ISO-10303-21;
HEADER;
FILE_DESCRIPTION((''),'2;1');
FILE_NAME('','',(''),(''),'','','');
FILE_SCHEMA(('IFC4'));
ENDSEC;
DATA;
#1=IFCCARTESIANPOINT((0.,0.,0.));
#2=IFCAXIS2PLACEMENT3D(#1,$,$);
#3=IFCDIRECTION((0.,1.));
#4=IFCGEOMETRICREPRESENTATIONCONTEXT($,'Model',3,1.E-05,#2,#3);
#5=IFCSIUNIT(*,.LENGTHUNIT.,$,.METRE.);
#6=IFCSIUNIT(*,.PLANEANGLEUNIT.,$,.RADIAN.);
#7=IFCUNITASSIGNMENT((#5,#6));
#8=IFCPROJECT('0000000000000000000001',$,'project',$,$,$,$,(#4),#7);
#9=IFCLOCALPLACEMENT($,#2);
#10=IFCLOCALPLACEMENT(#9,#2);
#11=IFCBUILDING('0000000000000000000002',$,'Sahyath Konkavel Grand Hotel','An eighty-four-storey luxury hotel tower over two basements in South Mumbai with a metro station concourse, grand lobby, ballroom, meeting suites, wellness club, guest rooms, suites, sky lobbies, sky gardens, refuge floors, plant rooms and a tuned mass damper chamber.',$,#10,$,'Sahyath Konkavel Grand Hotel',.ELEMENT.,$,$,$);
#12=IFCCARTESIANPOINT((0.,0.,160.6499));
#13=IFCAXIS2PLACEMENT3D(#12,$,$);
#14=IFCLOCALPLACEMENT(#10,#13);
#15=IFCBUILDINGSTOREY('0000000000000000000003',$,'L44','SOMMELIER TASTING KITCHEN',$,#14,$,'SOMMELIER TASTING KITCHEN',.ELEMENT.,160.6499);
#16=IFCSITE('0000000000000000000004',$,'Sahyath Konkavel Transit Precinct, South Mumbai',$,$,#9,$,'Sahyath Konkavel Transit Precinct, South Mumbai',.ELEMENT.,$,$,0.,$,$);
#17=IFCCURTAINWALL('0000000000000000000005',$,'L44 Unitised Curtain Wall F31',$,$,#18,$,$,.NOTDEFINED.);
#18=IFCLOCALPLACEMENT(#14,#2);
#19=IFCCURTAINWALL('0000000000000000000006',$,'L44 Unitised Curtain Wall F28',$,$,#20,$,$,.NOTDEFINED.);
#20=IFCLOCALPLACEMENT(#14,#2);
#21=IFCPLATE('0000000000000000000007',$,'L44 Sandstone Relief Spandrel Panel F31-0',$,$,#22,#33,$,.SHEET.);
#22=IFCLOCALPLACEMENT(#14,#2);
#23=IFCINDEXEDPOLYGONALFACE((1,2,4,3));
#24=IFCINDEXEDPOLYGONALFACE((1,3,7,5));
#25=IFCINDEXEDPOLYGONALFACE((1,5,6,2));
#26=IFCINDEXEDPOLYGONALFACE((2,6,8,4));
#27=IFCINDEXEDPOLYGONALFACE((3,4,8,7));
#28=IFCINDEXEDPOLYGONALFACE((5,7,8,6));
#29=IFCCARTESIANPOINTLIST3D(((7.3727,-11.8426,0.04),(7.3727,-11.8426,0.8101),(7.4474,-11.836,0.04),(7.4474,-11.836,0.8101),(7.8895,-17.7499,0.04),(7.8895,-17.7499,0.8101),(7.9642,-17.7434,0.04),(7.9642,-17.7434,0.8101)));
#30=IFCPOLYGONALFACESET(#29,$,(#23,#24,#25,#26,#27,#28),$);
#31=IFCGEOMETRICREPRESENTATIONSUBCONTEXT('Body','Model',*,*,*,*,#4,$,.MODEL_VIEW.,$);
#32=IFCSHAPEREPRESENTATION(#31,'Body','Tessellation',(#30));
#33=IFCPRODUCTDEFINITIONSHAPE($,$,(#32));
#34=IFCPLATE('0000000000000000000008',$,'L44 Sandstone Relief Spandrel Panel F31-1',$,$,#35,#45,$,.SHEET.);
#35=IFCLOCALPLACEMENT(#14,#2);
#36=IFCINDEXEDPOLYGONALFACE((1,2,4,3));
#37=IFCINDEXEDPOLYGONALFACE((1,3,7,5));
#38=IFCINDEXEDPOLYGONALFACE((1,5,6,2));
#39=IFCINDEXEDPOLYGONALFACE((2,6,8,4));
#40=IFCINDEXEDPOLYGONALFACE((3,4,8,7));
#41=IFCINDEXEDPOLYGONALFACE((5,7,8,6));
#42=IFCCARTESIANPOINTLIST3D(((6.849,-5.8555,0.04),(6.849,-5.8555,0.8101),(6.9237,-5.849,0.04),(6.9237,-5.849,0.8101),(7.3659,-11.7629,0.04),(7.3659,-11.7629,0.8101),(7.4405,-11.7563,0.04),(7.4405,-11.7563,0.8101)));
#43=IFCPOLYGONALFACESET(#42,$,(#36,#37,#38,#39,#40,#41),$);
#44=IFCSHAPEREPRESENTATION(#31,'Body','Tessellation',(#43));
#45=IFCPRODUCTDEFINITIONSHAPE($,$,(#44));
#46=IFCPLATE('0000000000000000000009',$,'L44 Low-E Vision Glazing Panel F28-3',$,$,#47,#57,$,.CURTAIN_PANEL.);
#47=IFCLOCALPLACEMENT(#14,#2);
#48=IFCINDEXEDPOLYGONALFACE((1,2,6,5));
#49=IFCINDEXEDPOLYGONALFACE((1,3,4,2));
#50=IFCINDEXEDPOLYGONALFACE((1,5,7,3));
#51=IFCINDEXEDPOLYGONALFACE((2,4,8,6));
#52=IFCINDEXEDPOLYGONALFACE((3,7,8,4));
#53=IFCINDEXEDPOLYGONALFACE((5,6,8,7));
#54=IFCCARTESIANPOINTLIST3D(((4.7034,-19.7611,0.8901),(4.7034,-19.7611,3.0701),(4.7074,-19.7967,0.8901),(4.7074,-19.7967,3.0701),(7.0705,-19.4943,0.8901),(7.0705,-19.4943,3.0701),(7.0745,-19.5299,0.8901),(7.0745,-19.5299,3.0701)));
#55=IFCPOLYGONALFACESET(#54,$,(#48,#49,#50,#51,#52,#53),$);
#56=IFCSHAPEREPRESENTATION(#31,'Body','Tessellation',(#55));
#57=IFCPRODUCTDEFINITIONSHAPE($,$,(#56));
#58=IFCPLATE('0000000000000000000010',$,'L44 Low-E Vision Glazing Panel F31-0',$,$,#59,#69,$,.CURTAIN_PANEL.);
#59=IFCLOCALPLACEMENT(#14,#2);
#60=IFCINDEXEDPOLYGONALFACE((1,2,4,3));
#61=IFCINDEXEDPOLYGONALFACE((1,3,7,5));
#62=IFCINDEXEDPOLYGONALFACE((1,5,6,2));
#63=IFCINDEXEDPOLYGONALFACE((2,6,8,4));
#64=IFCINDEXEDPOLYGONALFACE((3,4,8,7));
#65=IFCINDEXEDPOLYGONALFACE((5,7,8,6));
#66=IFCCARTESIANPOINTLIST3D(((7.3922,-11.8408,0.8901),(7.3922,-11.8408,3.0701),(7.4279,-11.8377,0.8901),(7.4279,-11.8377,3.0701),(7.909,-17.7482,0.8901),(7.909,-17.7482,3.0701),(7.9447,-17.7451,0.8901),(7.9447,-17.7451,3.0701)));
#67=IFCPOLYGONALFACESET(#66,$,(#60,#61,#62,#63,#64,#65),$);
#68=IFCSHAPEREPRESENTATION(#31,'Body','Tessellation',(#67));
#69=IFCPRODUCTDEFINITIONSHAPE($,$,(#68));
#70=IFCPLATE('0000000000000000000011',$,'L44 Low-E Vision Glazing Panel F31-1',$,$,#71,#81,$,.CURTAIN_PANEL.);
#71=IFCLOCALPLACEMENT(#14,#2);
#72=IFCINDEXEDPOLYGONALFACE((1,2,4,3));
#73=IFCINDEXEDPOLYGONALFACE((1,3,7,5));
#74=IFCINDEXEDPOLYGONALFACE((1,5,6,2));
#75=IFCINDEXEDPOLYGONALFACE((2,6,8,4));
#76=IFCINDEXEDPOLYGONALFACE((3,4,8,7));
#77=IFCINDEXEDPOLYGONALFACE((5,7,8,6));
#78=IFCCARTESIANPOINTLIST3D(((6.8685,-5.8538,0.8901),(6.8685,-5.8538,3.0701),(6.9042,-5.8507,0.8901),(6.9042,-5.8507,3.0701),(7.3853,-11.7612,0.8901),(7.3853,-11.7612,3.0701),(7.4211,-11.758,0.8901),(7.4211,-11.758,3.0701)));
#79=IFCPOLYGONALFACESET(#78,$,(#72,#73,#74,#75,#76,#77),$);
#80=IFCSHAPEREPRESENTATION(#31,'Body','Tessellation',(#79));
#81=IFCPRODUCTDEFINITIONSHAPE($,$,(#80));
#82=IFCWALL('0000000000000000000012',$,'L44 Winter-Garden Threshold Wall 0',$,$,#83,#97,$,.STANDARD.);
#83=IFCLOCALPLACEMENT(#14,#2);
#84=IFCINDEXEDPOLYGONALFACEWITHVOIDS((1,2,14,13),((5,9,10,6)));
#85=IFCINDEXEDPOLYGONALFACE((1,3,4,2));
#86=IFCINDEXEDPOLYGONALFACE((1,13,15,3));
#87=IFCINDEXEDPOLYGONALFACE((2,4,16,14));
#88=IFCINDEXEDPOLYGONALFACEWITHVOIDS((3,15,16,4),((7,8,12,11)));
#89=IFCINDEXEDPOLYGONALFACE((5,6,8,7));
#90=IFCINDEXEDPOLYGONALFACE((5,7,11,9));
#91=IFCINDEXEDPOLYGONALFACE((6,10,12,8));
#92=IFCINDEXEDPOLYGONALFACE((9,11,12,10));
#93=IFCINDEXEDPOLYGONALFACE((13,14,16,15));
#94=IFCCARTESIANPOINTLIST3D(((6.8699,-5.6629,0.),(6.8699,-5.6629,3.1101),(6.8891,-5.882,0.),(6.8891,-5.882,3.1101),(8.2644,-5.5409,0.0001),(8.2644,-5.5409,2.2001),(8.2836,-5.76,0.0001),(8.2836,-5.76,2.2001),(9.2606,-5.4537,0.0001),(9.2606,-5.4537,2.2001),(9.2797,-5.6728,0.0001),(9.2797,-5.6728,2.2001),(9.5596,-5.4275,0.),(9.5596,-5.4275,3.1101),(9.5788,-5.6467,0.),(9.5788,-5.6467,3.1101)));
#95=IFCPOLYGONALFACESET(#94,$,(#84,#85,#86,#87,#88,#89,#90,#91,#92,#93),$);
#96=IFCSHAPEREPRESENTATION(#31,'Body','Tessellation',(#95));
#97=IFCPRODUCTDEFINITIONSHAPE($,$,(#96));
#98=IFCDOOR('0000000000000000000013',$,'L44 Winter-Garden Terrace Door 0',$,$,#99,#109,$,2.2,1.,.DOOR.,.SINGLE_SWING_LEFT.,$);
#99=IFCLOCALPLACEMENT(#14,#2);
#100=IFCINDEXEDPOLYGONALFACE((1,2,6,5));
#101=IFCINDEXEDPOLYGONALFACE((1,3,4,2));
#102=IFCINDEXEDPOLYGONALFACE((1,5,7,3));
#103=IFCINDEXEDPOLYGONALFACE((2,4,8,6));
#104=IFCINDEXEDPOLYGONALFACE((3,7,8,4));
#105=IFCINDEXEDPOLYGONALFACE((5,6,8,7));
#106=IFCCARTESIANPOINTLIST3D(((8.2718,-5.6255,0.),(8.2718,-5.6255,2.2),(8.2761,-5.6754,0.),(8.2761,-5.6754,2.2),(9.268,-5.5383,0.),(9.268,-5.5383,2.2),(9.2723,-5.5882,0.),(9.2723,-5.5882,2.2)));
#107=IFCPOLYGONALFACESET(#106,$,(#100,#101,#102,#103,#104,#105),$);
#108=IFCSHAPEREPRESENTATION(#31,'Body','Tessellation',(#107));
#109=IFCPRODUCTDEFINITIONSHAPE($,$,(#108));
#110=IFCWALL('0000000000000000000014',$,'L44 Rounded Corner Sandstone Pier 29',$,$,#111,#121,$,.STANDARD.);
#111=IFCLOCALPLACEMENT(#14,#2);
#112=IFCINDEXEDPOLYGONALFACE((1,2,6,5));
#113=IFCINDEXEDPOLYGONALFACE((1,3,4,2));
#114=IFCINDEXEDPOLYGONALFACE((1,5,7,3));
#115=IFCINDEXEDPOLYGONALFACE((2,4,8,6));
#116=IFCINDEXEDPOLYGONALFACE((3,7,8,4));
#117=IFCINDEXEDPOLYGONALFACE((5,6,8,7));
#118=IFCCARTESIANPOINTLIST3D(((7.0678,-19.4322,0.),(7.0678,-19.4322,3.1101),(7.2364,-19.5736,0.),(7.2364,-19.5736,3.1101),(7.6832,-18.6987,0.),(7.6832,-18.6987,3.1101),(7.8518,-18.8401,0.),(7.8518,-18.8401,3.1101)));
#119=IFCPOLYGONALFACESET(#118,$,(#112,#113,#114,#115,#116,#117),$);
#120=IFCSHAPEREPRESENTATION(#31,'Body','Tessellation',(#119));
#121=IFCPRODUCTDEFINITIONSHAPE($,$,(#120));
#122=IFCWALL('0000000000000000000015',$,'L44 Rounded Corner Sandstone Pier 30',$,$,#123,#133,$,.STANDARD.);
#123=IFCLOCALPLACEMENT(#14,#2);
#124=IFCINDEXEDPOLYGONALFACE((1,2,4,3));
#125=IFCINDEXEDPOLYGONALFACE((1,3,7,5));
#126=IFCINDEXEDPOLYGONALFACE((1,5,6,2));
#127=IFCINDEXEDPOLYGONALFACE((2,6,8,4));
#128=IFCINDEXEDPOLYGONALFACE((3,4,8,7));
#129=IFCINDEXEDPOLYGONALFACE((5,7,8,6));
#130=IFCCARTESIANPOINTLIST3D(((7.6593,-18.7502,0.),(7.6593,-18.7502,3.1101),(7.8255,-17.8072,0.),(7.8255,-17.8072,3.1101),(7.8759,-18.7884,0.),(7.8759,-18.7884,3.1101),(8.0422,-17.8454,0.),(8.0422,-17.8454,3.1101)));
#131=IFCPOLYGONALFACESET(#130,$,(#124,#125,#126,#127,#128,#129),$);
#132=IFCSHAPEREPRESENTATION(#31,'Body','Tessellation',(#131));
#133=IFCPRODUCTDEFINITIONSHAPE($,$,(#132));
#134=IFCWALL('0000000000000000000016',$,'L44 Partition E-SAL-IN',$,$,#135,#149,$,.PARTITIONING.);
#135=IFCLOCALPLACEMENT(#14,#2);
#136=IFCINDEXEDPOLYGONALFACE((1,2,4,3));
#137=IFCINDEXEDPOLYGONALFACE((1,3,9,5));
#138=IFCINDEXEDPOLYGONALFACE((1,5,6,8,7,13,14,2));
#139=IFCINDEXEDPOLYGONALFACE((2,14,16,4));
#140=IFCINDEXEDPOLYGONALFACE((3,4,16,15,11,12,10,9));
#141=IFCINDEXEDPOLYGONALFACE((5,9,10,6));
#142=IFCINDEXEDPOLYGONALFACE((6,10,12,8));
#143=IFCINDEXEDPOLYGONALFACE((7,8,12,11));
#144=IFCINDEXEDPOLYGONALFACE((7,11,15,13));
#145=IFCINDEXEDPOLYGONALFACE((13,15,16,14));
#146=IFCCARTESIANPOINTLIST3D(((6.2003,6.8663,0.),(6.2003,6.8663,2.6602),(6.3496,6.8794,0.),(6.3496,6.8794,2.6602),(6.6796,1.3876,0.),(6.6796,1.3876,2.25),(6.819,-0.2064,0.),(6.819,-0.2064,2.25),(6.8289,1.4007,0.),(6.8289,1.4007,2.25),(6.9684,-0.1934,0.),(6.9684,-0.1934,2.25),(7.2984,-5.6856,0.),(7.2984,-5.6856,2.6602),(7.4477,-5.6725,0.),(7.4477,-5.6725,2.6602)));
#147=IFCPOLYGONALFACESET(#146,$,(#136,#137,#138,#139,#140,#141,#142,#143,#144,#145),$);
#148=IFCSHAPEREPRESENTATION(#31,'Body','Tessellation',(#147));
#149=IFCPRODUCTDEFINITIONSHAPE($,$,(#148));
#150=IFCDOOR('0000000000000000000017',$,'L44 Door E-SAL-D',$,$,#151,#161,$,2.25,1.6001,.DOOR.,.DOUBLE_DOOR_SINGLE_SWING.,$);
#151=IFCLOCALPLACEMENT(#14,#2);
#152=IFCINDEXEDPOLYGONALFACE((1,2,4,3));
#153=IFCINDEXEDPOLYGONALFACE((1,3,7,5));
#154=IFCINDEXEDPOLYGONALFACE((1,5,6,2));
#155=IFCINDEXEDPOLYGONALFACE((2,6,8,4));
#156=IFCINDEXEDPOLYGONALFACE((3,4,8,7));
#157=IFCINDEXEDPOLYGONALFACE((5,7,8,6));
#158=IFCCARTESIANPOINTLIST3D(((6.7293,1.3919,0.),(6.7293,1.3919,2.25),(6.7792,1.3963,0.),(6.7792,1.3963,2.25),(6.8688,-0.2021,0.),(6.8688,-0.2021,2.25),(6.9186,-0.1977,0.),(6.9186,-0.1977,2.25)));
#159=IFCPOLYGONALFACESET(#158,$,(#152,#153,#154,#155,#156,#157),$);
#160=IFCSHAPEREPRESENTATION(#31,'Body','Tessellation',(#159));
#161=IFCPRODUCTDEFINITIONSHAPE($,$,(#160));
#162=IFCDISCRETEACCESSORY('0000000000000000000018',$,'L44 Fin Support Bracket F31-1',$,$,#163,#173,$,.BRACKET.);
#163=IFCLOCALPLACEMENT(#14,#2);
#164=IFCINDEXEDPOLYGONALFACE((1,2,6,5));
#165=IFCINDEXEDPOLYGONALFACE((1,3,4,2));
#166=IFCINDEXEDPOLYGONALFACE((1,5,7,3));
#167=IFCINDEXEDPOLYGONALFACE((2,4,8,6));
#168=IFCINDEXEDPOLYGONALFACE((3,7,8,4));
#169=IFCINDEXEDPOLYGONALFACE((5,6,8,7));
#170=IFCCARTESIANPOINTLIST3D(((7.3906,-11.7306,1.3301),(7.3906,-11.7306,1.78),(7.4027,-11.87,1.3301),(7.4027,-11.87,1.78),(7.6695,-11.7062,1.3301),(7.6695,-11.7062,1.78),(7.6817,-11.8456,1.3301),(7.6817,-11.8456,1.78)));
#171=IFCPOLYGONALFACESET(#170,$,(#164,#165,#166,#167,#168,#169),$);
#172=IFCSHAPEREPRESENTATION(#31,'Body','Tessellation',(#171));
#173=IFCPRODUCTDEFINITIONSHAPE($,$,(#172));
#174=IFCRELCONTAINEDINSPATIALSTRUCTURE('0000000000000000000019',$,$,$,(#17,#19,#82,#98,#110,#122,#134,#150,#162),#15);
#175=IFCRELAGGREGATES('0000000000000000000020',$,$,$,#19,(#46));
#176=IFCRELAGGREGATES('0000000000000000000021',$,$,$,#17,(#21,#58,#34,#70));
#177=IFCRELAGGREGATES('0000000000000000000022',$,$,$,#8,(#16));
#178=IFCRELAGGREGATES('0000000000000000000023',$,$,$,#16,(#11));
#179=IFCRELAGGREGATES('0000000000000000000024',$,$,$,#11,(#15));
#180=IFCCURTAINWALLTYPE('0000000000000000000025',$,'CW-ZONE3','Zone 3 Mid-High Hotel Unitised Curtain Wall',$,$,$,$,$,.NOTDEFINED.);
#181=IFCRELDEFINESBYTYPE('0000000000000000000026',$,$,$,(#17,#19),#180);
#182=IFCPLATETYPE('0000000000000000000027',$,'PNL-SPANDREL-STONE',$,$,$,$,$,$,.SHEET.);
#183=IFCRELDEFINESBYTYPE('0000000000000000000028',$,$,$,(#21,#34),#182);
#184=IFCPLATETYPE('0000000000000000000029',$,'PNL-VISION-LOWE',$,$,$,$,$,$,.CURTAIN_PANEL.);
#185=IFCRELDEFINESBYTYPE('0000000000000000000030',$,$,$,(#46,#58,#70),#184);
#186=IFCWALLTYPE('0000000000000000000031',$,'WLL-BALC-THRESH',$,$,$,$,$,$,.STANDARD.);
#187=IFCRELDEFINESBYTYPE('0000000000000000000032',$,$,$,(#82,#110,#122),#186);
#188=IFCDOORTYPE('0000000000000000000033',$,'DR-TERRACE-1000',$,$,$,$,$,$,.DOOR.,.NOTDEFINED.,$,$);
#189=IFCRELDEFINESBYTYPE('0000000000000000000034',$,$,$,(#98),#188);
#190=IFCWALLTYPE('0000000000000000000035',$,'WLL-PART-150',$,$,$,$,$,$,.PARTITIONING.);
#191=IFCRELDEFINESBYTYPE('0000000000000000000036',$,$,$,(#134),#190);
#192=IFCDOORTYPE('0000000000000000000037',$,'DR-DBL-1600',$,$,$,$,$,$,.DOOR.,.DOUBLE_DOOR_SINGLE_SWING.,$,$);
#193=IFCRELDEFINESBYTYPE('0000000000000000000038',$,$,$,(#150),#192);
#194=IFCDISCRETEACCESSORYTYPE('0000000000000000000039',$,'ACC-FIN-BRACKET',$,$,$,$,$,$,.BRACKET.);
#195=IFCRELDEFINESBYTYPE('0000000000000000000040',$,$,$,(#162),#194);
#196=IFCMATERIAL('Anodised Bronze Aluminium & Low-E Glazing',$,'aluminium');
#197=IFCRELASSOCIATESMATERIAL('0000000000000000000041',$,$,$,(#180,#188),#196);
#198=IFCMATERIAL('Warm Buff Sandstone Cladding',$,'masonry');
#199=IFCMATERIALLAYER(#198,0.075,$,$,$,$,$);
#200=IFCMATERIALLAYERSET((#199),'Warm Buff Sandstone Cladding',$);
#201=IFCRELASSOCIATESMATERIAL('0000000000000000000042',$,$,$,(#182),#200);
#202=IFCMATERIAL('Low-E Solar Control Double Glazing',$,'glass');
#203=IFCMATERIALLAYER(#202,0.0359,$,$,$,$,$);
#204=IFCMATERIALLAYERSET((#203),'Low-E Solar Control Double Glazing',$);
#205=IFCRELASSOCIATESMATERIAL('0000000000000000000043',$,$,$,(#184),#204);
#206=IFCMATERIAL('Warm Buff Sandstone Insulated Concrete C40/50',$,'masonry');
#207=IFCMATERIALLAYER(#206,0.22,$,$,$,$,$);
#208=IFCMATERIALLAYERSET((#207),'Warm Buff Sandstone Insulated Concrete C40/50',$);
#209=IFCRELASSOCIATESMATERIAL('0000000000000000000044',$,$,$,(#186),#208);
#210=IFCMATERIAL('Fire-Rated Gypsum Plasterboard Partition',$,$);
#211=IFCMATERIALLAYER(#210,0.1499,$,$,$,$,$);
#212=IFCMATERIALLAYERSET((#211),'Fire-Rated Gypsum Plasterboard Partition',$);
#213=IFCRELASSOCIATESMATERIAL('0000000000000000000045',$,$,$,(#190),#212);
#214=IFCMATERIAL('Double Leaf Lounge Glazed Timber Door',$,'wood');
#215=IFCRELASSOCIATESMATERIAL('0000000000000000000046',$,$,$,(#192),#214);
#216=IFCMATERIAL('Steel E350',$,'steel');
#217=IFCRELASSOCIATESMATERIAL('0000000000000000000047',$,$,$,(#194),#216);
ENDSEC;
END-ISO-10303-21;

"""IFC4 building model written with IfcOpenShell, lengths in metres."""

from ifc_helpers import new_model, si_unit, direction, frame, frame_2d, origin, origin_2d, place, context, subcontext, project, spatial, rectangle, extrude, source, transform, mapped, material, layer, layer_set, type_object, element, fill, aggregate, save


model = new_model("IFC4")

# Units and contexts
model_context = context("Model", 3, precision=1e-05, world=origin(), true_north=direction((0.0, 1.0)))
body_context = subcontext(model_context, "Body", "Model", "MODEL_VIEW")
ifc_project = project(units=[si_unit("LENGTHUNIT", "METRE"), si_unit("PLANEANGLEUNIT", "RADIAN")], contexts=[model_context])

# Site, building, storey
site_placement = place(None, origin())
site = spatial("IfcSite", under=ifc_project, at=site_placement, Name="Sahyath Konkavel Transit Precinct, South Mumbai", LongName="Sahyath Konkavel Transit Precinct, South Mumbai", CompositionType="ELEMENT", RefElevation=0.0)
building_placement = place(site_placement, origin())
building = spatial("IfcBuilding", under=site, at=building_placement, Name="Sahyath Konkavel Grand Hotel", Description="An eighty-four-storey luxury hotel tower over two basements in South Mumbai with a metro station concourse, grand lobby, ballroom, meeting suites, wellness club, guest rooms, suites, sky lobbies, sky gardens, refuge floors, plant rooms and a tuned mass damper chamber.", LongName="Sahyath Konkavel Grand Hotel", CompositionType="ELEMENT")
storey_placement = place(building_placement, frame((0.0, 0.0, 160.6499)))
storey = spatial("IfcBuildingStorey", under=building, at=storey_placement, Name="L44", Description="SOMMELIER TASTING KITCHEN", LongName="SOMMELIER TASTING KITCHEN", CompositionType="ELEMENT", Elevation=160.6499)

# Curtain walls
ifc_material_1 = material(Name="Anodised Bronze Aluminium & Low-E Glazing", Category="aluminium")
curtain_wall_type = type_object("IfcCurtainWallType", Name="CW-ZONE3", Description="Zone 3 Mid-High Hotel Unitised Curtain Wall", PredefinedType="NOTDEFINED", material=ifc_material_1)
curtain_wall_1_placement = place(storey_placement, origin())
curtain_wall_1 = element("IfcCurtainWall", 1, at=curtain_wall_1_placement, inside=storey, type_object=curtain_wall_type, Name="L44 Unitised Curtain Wall F31", PredefinedType="NOTDEFINED")
curtain_wall_2_placement = place(storey_placement, origin())
curtain_wall_2 = element("IfcCurtainWall", 2, at=curtain_wall_2_placement, inside=storey, type_object=curtain_wall_type, Name="L44 Unitised Curtain Wall F28", PredefinedType="NOTDEFINED")

# Plates
ifc_material_2 = material(Name="Warm Buff Sandstone Cladding", Category="masonry")
ifc_layer_1 = layer(ifc_material_2, 0.075)
ifc_layer_set_1 = layer_set([ifc_layer_1], Name="Warm Buff Sandstone Cladding")
plate_type_1 = type_object("IfcPlateType", Name="PNL-SPANDREL-STONE", PredefinedType="SHEET", material=ifc_layer_set_1)
shared_shape_1 = source(origin(), body_context, "Body", "SweptSolid", [
    extrude(rectangle(XDim=5.9299, YDim=0.075, at=origin_2d()), origin(), (0.0, 0.0, 1.0), 0.77),
])
plate_1_placement = place(storey_placement, frame((7.6685, -14.793, 0.04), z_axis=(0.0, 0.0, 1.0), x_axis=(-0.087156, 0.996195, 0.0)))
plate_1 = element("IfcPlate", 3, at=plate_1_placement, type_object=plate_type_1, Name="L44 Sandstone Relief Spandrel Panel F31-0", PredefinedType="SHEET", context=body_context, shape_type="MappedRepresentation", body=[
    mapped(shared_shape_1, transform((0.0, 0.0, 0.0), scale=1.0)),
])
plate_2_placement = place(storey_placement, frame((7.1448, -8.8059, 0.04), z_axis=(0.0, 0.0, 1.0), x_axis=(-0.087156, 0.996195, 0.0)))
plate_2 = element("IfcPlate", 4, at=plate_2_placement, type_object=plate_type_1, Name="L44 Sandstone Relief Spandrel Panel F31-1", PredefinedType="SHEET", context=body_context, shape_type="MappedRepresentation", body=[
    mapped(shared_shape_1, transform((0.0, 0.0, 0.0), scale=1.0)),
])
ifc_material_3 = material(Name="Low-E Solar Control Double Glazing", Category="glass")
ifc_layer_2 = layer(ifc_material_3, 0.0359)
ifc_layer_set_2 = layer_set([ifc_layer_2], Name="Low-E Solar Control Double Glazing")
plate_type_2 = type_object("IfcPlateType", Name="PNL-VISION-LOWE", PredefinedType="CURTAIN_PANEL", material=ifc_layer_set_2)
shared_shape_2 = source(origin(), body_context, "Body", "SweptSolid", [
    extrude(rectangle(XDim=2.3821, YDim=0.0359, at=origin_2d()), origin(), (0.0, 0.0, 1.0), 2.1799),
])
plate_3_placement = place(storey_placement, frame((5.8889, -19.6455, 0.8901), z_axis=(0.0, 0.0, 1.0), x_axis=(0.993707, 0.112007, 0.0)))
plate_3 = element("IfcPlate", 5, at=plate_3_placement, type_object=plate_type_2, Name="L44 Low-E Vision Glazing Panel F28-3", PredefinedType="CURTAIN_PANEL", context=body_context, shape_type="MappedRepresentation", body=[
    mapped(shared_shape_2, transform((0.0, 0.0, 0.0), scale=1.0)),
])
aggregate(curtain_wall_2, [plate_3])
shared_shape_3 = source(origin(), body_context, "Body", "SweptSolid", [
    extrude(rectangle(XDim=5.9299, YDim=0.0359, at=origin_2d()), origin(), (0.0, 0.0, 1.0), 2.1799),
])
plate_4_placement = place(storey_placement, frame((7.6685, -14.793, 0.8901), z_axis=(0.0, 0.0, 1.0), x_axis=(-0.087156, 0.996195, 0.0)))
plate_4 = element("IfcPlate", 6, at=plate_4_placement, type_object=plate_type_2, Name="L44 Low-E Vision Glazing Panel F31-0", PredefinedType="CURTAIN_PANEL", context=body_context, shape_type="MappedRepresentation", body=[
    mapped(shared_shape_3, transform((0.0, 0.0, 0.0), scale=1.0)),
])
plate_5_placement = place(storey_placement, frame((7.1448, -8.8059, 0.8901), z_axis=(0.0, 0.0, 1.0), x_axis=(-0.087156, 0.996195, 0.0)))
plate_5 = element("IfcPlate", 7, at=plate_5_placement, type_object=plate_type_2, Name="L44 Low-E Vision Glazing Panel F31-1", PredefinedType="CURTAIN_PANEL", context=body_context, shape_type="MappedRepresentation", body=[
    mapped(shared_shape_3, transform((0.0, 0.0, 0.0), scale=1.0)),
])
aggregate(curtain_wall_1, [plate_1, plate_4, plate_2, plate_5])

# Wall, opening, door
ifc_material_4 = material(Name="Warm Buff Sandstone Insulated Concrete C40/50", Category="masonry")
ifc_layer_3 = layer(ifc_material_4, 0.22)
ifc_layer_set_3 = layer_set([ifc_layer_3], Name="Warm Buff Sandstone Insulated Concrete C40/50")
wall_type_1 = type_object("IfcWallType", Name="WLL-BALC-THRESH", PredefinedType="STANDARD", material=ifc_layer_set_3)
wall_1_placement = place(storey_placement, frame((6.8794, -5.7725, 0.0), z_axis=(0.0, 0.0, 1.0), x_axis=(0.996194, 0.087168, 0.0)))
wall_1 = element("IfcWall", 8, at=wall_1_placement, inside=storey, type_object=wall_type_1, Name="L44 Winter-Garden Threshold Wall 0", PredefinedType="STANDARD", context=body_context, shape_type="SweptSolid", body=[
    extrude(rectangle(XDim=2.7, YDim=0.22, at=frame_2d((1.3501, 0.0))), origin(), (0.0, 0.0, 1.0), 3.1101),
])
opening_1_placement = place(wall_1_placement, frame((1.3999, 0.0, 0.0)))
opening_1 = element("IfcOpeningElement", 9, at=opening_1_placement, cuts=wall_1, PredefinedType="OPENING", context=body_context, shape_type="SweptSolid", body=[
    extrude(rectangle(XDim=1.0, YDim=2.2, at=frame_2d((0.5, 1.1001))), frame((0.0, 0.1201, 0.0), z_axis=(0.0, -1.0, 0.0), x_axis=(1.0, 0.0, 0.0)), (0.0, 0.0, 1.0), 0.24),
])
door_type_1 = type_object("IfcDoorType", Name="DR-TERRACE-1000", OperationType="NOTDEFINED", PredefinedType="DOOR", material=ifc_material_1)
shared_shape_4 = source(origin(), body_context, "Body", "SweptSolid", [
    extrude(rectangle(XDim=1.0, YDim=0.05, at=origin_2d()), origin(), (0.0, 0.0, 1.0), 2.2),
])
door_1_placement = place(opening_1_placement, frame((0.5, 0.0, 0.0)))
door_1 = element("IfcDoor", 10, at=door_1_placement, inside=storey, type_object=door_type_1, Name="L44 Winter-Garden Terrace Door 0", OperationType="SINGLE_SWING_LEFT", OverallHeight=2.2, OverallWidth=1.0, PredefinedType="DOOR", context=body_context, shape_type="MappedRepresentation", body=[
    mapped(shared_shape_4, transform((0.0, 0.0, 0.0), scale=1.0)),
])
fill(opening_1, door_1)

# Walls
for number, where, z_axis, x_axis, name in (
    (11, (7.1521, -19.5029, 0.0), (0.0, 0.0, 1.0), (0.642714, 0.766107, 0.0), "L44 Rounded Corner Sandstone Pier 29"),
    (12, (7.7676, -18.7693, 0.0), (0.0, 0.0, 1.0), (0.173654, 0.984807, 0.0), "L44 Rounded Corner Sandstone Pier 30"),
):
    element("IfcWall", number, at=place(storey_placement, frame(where, z_axis=z_axis, x_axis=x_axis)), inside=storey, type_object=wall_type_1, Name=name, PredefinedType="STANDARD", context=body_context, shape_type="SweptSolid", body=[
        extrude(rectangle(XDim=0.9575, YDim=0.22, at=frame_2d((0.4788, 0.0))), origin(), (0.0, 0.0, 1.0), 3.1101),
    ])

# Wall, opening, door
ifc_material_5 = material(Name="Fire-Rated Gypsum Plasterboard Partition")
ifc_layer_4 = layer(ifc_material_5, 0.1499)
ifc_layer_set_4 = layer_set([ifc_layer_4], Name="Fire-Rated Gypsum Plasterboard Partition")
wall_type_2 = type_object("IfcWallType", Name="WLL-PART-150", PredefinedType="PARTITIONING", material=ifc_layer_set_4)
wall_2_placement = place(storey_placement, frame((7.373, -5.679, 0.0), z_axis=(0.0, 0.0, 1.0), x_axis=(-0.087155, 0.996195, 0.0)))
wall_2 = element("IfcWall", 13, at=wall_2_placement, inside=storey, type_object=wall_type_2, Name="L44 Partition E-SAL-IN", PredefinedType="PARTITIONING", context=body_context, shape_type="SweptSolid", body=[
    extrude(rectangle(XDim=12.5999, YDim=0.1499, at=frame_2d((6.2998, 0.0))), origin(), (0.0, 0.0, 1.0), 2.6602),
])
opening_2_placement = place(wall_2_placement, frame((5.5, 0.0, 0.0)))
opening_2 = element("IfcOpeningElement", 14, at=opening_2_placement, cuts=wall_2, PredefinedType="OPENING", context=body_context, shape_type="SweptSolid", body=[
    extrude(rectangle(XDim=1.6001, YDim=2.25, at=frame_2d((0.8, 1.125))), frame((0.0, 0.085, 0.0), z_axis=(0.0, -1.0, 0.0), x_axis=(1.0, 0.0, 0.0)), (0.0, 0.0, 1.0), 0.1699),
])
ifc_material_6 = material(Name="Double Leaf Lounge Glazed Timber Door", Category="wood")
door_type_2 = type_object("IfcDoorType", Name="DR-DBL-1600", OperationType="DOUBLE_DOOR_SINGLE_SWING", PredefinedType="DOOR", material=ifc_material_6)
shared_shape_5 = source(origin(), body_context, "Body", "SweptSolid", [
    extrude(rectangle(XDim=1.6001, YDim=0.05, at=origin_2d()), origin(), (0.0, 0.0, 1.0), 2.25),
])
door_2_placement = place(opening_2_placement, frame((0.8, 0.0, 0.0)))
door_2 = element("IfcDoor", 15, at=door_2_placement, inside=storey, type_object=door_type_2, Name="L44 Door E-SAL-D", OperationType="DOUBLE_DOOR_SINGLE_SWING", OverallHeight=2.25, OverallWidth=1.6001, PredefinedType="DOOR", context=body_context, shape_type="MappedRepresentation", body=[
    mapped(shared_shape_5, transform((0.0, 0.0, 0.0), scale=1.0)),
])
fill(opening_2, door_2)

# Discrete accessory
ifc_material_7 = material(Name="Steel E350", Category="steel")
discrete_accessory_type = type_object("IfcDiscreteAccessoryType", Name="ACC-FIN-BRACKET", PredefinedType="BRACKET", material=ifc_material_7)
shared_shape_6 = source(origin(), body_context, "Body", "SweptSolid", [
    extrude(rectangle(XDim=0.28, YDim=0.1399, at=origin_2d()), origin(), (0.0, 0.0, 1.0), 0.45),
])
discrete_accessory_placement = place(storey_placement, frame((7.5361, -11.7881, 1.3301), z_axis=(0.0, 0.0, 1.0), x_axis=(0.996195, 0.087156, 0.0)))
element("IfcDiscreteAccessory", 16, at=discrete_accessory_placement, inside=storey, type_object=discrete_accessory_type, Name="L44 Fin Support Bracket F31-1", PredefinedType="BRACKET", context=body_context, shape_type="MappedRepresentation", body=[
    mapped(shared_shape_6, transform((0.0, 0.0, 0.0), scale=1.0)),
])

save(model, "model.ifc")
